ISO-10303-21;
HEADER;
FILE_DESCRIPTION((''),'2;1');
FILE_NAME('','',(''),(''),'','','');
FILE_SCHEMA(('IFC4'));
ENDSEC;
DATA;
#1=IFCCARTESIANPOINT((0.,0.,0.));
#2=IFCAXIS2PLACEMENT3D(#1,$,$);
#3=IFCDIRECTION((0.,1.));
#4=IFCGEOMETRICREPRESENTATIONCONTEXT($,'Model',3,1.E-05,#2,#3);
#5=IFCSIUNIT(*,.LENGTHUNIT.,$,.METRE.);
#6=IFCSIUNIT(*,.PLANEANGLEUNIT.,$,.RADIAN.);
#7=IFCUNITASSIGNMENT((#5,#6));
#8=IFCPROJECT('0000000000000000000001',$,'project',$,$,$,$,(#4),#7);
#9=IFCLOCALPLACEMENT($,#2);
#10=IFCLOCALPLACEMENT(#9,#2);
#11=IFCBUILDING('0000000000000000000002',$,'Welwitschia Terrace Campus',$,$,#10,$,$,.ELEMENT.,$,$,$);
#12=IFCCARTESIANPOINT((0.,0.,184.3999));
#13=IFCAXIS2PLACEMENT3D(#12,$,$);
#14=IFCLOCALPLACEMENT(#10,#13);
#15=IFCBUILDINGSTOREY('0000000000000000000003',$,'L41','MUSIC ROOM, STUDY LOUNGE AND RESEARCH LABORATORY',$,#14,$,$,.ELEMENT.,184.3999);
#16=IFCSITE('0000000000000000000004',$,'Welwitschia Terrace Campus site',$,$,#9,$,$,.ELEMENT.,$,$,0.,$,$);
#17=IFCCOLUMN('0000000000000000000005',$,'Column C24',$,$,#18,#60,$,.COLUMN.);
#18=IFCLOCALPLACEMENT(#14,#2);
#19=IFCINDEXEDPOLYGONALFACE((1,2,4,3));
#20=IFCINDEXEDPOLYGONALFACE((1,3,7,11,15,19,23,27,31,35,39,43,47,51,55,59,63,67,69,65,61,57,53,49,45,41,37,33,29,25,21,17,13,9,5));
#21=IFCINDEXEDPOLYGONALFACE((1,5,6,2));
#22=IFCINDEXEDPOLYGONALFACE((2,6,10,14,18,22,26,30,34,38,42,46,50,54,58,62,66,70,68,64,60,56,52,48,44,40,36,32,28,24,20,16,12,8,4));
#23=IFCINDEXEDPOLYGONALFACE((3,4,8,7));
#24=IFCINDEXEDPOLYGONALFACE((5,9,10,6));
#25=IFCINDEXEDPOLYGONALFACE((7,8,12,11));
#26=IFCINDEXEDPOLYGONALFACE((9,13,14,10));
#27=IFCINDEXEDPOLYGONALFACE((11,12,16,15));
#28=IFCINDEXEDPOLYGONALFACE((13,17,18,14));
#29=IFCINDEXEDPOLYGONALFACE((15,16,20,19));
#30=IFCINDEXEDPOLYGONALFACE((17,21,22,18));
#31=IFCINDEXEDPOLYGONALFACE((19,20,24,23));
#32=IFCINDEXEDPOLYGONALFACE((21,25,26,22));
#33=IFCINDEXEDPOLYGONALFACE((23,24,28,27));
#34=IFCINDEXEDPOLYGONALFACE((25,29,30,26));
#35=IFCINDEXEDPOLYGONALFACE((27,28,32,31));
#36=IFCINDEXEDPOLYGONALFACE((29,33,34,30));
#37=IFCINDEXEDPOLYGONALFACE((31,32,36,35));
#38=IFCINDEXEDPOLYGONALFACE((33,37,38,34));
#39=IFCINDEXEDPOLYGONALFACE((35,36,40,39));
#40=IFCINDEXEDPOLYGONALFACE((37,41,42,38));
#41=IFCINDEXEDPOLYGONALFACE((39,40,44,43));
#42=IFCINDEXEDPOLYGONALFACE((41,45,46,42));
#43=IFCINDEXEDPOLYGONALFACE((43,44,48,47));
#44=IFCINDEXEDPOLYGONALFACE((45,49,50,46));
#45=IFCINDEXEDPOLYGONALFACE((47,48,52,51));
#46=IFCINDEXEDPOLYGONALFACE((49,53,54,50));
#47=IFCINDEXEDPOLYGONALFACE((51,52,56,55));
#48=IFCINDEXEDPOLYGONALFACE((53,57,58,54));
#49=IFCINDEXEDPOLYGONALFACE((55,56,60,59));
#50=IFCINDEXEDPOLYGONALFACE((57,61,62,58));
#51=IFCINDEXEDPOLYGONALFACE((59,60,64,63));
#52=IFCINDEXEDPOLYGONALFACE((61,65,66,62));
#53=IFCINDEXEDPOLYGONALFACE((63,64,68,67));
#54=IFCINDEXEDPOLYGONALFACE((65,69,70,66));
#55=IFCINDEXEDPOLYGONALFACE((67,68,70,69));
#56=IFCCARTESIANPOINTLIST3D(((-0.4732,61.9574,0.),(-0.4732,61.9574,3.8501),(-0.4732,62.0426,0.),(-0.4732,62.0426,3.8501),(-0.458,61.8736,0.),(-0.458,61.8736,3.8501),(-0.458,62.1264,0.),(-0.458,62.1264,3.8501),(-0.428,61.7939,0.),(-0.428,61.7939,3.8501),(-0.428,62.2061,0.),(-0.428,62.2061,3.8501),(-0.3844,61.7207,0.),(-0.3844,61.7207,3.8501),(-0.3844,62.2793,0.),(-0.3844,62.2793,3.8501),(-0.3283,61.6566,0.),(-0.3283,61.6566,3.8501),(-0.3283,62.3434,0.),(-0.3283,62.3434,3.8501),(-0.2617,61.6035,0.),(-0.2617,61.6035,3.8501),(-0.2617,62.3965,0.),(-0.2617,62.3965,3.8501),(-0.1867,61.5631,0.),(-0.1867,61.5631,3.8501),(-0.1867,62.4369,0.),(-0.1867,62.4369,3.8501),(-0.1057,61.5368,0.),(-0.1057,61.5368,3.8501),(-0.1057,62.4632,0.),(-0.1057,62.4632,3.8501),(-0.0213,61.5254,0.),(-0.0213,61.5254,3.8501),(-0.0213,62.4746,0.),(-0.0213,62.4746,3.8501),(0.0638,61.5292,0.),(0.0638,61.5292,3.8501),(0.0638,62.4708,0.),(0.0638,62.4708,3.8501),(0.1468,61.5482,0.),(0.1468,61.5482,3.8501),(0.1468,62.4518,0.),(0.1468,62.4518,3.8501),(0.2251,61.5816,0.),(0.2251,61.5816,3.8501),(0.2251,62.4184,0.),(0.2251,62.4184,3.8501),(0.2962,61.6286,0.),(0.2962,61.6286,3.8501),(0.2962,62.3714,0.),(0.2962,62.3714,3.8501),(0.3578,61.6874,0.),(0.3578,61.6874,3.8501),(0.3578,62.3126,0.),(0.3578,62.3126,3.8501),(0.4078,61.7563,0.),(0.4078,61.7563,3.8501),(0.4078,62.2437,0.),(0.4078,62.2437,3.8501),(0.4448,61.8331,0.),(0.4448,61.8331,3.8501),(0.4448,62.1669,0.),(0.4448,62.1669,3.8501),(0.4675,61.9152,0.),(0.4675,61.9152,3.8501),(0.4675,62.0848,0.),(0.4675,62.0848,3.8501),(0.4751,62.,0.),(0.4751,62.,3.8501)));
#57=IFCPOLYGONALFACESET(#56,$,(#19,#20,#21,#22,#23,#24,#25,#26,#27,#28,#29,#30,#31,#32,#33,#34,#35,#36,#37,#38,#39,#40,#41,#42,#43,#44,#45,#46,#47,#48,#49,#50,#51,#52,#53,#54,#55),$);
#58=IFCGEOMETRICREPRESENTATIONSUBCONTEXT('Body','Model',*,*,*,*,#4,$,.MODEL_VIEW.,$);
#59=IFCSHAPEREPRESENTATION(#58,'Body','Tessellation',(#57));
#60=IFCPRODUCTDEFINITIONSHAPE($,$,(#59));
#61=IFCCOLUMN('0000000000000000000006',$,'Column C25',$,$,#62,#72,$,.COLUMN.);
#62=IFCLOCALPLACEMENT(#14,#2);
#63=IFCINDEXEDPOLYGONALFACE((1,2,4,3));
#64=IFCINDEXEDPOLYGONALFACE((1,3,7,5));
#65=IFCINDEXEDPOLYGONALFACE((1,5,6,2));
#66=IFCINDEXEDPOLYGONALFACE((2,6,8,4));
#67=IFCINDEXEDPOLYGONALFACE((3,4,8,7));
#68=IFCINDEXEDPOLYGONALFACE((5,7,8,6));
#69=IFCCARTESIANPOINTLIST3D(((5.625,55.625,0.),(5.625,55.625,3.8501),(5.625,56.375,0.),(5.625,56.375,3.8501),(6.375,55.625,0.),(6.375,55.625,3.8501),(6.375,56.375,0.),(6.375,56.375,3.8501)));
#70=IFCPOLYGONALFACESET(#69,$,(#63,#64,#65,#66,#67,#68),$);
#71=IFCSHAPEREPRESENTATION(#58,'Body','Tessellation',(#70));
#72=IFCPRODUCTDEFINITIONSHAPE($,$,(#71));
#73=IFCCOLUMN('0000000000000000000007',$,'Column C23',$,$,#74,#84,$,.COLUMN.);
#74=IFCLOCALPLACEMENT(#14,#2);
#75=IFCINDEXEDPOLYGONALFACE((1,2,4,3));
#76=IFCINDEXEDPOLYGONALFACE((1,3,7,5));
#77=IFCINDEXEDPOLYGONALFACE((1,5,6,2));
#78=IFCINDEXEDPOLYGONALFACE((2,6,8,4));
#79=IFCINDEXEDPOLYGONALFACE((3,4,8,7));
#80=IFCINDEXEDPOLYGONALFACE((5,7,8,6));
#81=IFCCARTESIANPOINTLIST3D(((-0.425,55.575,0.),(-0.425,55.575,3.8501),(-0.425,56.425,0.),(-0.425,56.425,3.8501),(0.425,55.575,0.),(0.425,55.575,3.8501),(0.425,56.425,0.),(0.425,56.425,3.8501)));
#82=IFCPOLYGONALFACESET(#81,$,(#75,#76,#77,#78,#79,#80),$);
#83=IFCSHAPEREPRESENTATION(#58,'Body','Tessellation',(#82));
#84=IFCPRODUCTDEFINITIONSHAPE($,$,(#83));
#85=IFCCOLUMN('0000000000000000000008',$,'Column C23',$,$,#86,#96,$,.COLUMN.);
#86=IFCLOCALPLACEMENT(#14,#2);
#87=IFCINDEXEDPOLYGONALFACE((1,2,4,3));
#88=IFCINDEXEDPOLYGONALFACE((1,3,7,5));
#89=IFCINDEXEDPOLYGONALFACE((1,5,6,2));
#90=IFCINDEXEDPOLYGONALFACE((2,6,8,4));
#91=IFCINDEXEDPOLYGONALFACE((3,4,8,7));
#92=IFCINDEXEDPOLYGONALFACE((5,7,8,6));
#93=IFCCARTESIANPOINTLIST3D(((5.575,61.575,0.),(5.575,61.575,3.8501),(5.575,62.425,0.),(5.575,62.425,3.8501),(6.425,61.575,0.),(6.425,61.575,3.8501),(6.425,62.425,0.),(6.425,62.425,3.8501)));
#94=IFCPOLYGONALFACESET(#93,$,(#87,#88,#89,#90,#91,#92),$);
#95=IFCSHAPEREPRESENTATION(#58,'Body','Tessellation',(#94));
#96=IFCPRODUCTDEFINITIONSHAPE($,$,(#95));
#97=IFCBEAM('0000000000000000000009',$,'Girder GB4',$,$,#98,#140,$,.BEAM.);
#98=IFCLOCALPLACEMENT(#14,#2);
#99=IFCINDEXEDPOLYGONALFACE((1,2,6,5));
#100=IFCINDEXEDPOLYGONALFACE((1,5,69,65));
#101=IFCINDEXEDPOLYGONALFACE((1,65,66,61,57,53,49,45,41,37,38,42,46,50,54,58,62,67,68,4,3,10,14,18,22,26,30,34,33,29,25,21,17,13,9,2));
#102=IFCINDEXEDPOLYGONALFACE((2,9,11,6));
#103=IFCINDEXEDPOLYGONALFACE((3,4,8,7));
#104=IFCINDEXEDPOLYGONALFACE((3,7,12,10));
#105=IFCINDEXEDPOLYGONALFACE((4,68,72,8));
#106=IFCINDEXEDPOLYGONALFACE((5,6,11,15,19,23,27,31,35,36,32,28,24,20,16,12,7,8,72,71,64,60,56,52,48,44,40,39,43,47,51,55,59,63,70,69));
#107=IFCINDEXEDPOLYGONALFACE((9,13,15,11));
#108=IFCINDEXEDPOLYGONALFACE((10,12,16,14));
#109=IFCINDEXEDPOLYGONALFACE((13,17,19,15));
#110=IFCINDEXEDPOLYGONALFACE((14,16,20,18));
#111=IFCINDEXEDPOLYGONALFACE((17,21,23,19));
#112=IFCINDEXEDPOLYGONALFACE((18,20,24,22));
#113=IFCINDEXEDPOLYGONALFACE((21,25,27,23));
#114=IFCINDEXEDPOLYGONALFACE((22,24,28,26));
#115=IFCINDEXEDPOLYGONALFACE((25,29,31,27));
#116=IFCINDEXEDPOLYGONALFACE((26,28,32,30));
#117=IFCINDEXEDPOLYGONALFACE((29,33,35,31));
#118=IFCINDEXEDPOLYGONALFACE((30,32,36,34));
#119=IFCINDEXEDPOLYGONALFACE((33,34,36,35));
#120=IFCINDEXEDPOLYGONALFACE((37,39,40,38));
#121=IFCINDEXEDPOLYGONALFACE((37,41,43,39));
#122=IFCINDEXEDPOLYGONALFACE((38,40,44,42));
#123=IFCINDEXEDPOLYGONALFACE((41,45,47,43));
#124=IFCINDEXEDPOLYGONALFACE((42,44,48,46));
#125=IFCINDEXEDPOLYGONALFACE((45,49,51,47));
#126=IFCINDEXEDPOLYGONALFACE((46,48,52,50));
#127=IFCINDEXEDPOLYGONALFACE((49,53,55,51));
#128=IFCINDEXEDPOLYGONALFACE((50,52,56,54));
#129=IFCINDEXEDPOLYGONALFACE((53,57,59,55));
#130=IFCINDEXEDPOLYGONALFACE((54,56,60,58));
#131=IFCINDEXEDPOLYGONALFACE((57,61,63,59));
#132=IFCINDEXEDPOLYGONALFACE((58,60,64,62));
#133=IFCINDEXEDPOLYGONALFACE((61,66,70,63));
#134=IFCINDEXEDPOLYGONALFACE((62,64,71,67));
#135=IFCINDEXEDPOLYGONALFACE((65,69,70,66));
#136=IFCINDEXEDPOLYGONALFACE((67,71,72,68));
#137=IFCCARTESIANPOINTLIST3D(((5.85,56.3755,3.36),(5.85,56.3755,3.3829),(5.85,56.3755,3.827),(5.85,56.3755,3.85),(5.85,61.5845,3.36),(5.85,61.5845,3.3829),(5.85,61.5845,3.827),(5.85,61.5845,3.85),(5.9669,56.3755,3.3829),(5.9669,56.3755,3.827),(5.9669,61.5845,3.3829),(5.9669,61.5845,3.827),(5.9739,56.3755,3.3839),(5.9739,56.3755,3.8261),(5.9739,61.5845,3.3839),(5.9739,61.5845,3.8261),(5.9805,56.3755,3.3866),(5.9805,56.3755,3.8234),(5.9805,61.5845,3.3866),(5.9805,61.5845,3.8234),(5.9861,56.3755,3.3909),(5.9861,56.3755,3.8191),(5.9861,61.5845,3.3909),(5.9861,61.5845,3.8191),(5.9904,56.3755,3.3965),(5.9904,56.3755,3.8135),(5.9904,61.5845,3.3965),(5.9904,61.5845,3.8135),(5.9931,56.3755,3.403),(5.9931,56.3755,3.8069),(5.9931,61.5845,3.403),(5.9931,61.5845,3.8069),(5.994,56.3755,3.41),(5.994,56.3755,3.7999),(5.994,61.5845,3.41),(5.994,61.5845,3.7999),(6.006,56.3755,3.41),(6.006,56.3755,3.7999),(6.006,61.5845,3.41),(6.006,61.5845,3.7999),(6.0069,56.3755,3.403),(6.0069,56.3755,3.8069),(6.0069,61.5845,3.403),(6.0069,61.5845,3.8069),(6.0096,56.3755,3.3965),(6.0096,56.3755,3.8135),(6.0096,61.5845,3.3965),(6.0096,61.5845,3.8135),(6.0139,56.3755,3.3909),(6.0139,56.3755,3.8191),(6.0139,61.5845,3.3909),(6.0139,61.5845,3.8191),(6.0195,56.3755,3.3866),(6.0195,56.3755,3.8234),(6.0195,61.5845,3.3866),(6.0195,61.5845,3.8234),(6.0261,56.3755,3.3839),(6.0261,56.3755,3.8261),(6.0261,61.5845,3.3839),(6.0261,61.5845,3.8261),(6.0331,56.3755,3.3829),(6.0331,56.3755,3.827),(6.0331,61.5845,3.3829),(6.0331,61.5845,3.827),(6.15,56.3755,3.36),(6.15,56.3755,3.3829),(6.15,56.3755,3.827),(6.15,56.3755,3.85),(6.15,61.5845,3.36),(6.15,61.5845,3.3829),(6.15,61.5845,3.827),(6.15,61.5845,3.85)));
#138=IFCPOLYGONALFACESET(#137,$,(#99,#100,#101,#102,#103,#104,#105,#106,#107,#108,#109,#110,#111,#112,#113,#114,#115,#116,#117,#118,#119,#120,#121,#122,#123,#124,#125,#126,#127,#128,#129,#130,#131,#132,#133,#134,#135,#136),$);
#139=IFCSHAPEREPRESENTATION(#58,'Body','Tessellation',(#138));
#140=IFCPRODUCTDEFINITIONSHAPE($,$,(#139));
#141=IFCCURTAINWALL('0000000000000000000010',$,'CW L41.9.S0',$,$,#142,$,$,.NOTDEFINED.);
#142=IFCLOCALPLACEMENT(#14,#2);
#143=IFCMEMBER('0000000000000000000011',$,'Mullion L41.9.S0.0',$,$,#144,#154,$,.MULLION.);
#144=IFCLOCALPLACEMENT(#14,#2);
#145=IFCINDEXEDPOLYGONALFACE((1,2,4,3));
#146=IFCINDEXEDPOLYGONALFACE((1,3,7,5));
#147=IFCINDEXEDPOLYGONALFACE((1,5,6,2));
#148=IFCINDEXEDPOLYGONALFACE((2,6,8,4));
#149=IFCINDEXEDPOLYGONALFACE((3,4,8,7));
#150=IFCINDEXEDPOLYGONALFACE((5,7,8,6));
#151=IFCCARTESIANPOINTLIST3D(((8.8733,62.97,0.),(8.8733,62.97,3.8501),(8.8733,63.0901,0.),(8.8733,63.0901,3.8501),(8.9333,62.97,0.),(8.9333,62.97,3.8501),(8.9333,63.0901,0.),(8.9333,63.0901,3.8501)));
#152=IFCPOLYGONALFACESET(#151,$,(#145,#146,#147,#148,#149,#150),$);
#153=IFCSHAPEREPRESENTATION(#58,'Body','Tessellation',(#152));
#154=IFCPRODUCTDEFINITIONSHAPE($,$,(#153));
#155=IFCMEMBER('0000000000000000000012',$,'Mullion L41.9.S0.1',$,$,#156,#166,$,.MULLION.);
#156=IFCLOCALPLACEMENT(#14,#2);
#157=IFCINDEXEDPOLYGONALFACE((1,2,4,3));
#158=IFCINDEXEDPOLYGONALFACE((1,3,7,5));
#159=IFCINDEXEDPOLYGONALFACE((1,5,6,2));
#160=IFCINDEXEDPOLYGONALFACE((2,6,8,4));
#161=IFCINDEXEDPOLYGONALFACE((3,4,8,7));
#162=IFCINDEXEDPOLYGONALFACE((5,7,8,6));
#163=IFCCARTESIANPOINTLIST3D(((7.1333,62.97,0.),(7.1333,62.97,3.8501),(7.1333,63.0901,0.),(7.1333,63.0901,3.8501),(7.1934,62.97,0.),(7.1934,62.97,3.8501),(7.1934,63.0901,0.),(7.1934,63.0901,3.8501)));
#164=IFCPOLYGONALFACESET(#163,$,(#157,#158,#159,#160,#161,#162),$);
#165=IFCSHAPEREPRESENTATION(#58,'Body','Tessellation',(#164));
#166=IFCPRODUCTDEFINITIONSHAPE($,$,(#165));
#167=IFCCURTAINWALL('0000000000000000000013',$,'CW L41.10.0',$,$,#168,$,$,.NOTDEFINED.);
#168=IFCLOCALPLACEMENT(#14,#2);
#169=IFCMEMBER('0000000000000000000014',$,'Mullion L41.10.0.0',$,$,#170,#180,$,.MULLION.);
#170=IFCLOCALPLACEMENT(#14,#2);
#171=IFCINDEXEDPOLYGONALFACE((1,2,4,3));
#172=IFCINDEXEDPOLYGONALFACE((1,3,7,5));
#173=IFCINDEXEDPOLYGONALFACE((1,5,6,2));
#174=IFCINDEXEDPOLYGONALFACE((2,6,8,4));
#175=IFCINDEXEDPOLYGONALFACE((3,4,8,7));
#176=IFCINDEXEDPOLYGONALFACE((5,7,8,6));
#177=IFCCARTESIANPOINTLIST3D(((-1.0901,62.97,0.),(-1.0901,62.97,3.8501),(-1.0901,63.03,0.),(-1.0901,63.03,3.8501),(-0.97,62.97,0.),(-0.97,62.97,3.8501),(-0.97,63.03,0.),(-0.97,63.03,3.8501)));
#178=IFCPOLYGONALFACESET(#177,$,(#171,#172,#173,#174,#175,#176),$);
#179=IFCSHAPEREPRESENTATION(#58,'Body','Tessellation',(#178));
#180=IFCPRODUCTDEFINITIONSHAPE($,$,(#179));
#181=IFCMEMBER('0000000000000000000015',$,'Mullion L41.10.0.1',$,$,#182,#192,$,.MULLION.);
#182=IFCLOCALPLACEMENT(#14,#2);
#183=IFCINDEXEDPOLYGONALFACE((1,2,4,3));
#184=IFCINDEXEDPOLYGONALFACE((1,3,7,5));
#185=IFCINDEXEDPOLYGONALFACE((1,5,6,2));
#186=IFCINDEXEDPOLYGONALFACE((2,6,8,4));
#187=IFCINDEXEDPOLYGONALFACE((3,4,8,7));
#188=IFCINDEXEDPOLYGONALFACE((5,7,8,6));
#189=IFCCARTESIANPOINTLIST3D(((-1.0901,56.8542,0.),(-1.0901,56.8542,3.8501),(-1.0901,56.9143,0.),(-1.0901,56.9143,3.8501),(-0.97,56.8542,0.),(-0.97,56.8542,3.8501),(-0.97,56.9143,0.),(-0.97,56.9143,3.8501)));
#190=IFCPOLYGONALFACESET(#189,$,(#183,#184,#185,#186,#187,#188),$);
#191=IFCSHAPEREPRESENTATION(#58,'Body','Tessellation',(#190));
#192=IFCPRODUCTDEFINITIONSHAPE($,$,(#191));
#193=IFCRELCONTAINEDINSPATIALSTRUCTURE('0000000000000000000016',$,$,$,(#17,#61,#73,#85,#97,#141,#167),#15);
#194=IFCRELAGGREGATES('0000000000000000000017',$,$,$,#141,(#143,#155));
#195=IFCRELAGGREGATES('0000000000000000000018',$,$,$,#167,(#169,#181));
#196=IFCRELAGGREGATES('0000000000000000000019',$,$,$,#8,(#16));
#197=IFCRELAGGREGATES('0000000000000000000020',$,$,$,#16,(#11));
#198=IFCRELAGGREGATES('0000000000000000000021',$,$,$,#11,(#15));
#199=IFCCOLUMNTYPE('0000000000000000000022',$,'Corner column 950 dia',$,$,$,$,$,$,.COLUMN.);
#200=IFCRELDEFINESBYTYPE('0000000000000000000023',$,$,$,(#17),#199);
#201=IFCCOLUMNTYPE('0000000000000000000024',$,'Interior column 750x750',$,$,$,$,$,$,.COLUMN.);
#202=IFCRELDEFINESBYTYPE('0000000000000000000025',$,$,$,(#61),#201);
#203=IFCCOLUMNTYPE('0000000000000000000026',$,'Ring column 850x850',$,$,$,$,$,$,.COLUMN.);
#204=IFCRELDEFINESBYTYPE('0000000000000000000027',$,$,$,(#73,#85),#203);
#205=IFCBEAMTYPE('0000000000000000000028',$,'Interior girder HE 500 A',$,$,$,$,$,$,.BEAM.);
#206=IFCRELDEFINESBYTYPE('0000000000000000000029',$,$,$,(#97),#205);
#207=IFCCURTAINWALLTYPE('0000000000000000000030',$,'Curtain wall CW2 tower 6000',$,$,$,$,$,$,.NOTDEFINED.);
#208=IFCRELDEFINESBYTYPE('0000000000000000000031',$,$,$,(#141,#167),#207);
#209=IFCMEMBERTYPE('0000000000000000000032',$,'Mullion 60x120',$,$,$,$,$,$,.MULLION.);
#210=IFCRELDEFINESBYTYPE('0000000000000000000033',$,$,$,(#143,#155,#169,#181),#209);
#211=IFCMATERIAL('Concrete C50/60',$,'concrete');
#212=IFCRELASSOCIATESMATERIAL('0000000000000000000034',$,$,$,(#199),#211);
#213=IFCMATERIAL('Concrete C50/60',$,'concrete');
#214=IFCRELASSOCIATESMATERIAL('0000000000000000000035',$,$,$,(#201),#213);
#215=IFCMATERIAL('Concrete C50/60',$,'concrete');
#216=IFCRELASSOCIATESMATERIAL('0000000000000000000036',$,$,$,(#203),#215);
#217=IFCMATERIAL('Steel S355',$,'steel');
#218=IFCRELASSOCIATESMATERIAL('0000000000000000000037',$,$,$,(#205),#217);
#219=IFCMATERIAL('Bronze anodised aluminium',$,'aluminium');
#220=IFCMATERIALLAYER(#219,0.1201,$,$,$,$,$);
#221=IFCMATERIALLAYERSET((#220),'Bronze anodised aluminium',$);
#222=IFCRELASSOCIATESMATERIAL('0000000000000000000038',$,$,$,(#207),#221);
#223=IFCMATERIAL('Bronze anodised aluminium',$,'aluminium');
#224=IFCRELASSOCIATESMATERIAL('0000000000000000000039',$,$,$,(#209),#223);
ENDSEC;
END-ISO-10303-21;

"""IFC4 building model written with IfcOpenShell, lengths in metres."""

from ifc_helpers import new_model, si_unit, direction, frame, origin, origin_2d, place, context, subcontext, project, spatial, rectangle, circle, i_section, extrude, material, layer, layer_set, material_profile, profile_set, type_object, element, aggregate, save


model = new_model("IFC4")

# Units and contexts
model_context = context("Model", 3, precision=1e-05, world=origin(), true_north=direction((0.0, 1.0)))
body_context = subcontext(model_context, "Body", "Model", "MODEL_VIEW")
ifc_project = project(units=[si_unit("LENGTHUNIT", "METRE"), si_unit("PLANEANGLEUNIT", "RADIAN")], contexts=[model_context])

# Site, building, storey
site_placement = place(None, origin())
site = spatial("IfcSite", under=ifc_project, at=site_placement, Name="Welwitschia Terrace Campus site", CompositionType="ELEMENT", RefElevation=0.0)
building_placement = place(site_placement, origin())
building = spatial("IfcBuilding", under=site, at=building_placement, Name="Welwitschia Terrace Campus", CompositionType="ELEMENT")
storey_placement = place(building_placement, frame((0.0, 0.0, 184.3999)))
storey = spatial("IfcBuildingStorey", under=building, at=storey_placement, Name="L41", Description="MUSIC ROOM, STUDY LOUNGE AND RESEARCH LABORATORY", CompositionType="ELEMENT", Elevation=184.3999)

# Columns
ifc_material_1 = material(Name="Concrete C50/60", Category="concrete")
ifc_material_profile_1 = material_profile(ifc_material_1, circle(Radius=0.4751, at=origin_2d()))
ifc_profile_set_1 = profile_set([ifc_material_profile_1], Name="Concrete C50/60")
column_type_1 = type_object("IfcColumnType", Name="Corner column 950 dia", PredefinedType="COLUMN", material=ifc_profile_set_1)
column_1_placement = place(storey_placement, frame((0.0, 62.0, 0.0), z_axis=(0.0, 0.0, 1.0), x_axis=(1.0, 0.0, 0.0)))
element("IfcColumn", 1, at=column_1_placement, inside=storey, type_object=column_type_1, Name="Column C24", PredefinedType="COLUMN", context=body_context, shape_type="SweptSolid", body=[
    extrude(circle(Radius=0.4751, at=origin_2d()), origin(), (0.0, 0.0, 1.0), 3.8501),
])
ifc_material_2 = material(Name="Concrete C50/60", Category="concrete")
ifc_material_profile_2 = material_profile(ifc_material_2, rectangle(XDim=0.75, YDim=0.75, at=origin_2d()))
ifc_profile_set_2 = profile_set([ifc_material_profile_2], Name="Concrete C50/60")
column_type_2 = type_object("IfcColumnType", Name="Interior column 750x750", PredefinedType="COLUMN", material=ifc_profile_set_2)
column_2_placement = place(storey_placement, frame((6.0, 56.0, 0.0), z_axis=(0.0, 0.0, 1.0), x_axis=(1.0, 0.0, 0.0)))
element("IfcColumn", 2, at=column_2_placement, inside=storey, type_object=column_type_2, Name="Column C25", PredefinedType="COLUMN", context=body_context, shape_type="SweptSolid", body=[
    extrude(rectangle(XDim=0.75, YDim=0.75, at=origin_2d()), origin(), (0.0, 0.0, 1.0), 3.8501),
])
ifc_material_3 = material(Name="Concrete C50/60", Category="concrete")
ifc_material_profile_3 = material_profile(ifc_material_3, rectangle(XDim=0.8501, YDim=0.8501, at=origin_2d()))
ifc_profile_set_3 = profile_set([ifc_material_profile_3], Name="Concrete C50/60")
column_type_3 = type_object("IfcColumnType", Name="Ring column 850x850", PredefinedType="COLUMN", material=ifc_profile_set_3)
for number, where, z_axis, x_axis, name in (
    (3, (0.0, 56.0, 0.0), (0.0, 0.0, 1.0), (1.0, 0.0, 0.0), "Column C23"),
    (4, (6.0, 62.0, 0.0), (0.0, 0.0, 1.0), (1.0, 0.0, 0.0), "Column C23"),
):
    element("IfcColumn", number, at=place(storey_placement, frame(where, z_axis=z_axis, x_axis=x_axis)), inside=storey, type_object=column_type_3, Name=name, PredefinedType="COLUMN", context=body_context, shape_type="SweptSolid", body=[
        extrude(rectangle(XDim=0.8501, YDim=0.8501, at=origin_2d()), origin(), (0.0, 0.0, 1.0), 3.8501),
    ])

# Beam
ifc_material_4 = material(Name="Steel S355", Category="steel")
ifc_material_profile_4 = material_profile(ifc_material_4, i_section(OverallWidth=0.3, OverallDepth=0.49, WebThickness=0.012, FlangeThickness=0.0229, FilletRadius=0.0271, at=origin_2d()))
ifc_profile_set_4 = profile_set([ifc_material_profile_4], Name="Steel S355")
beam_type_1 = type_object("IfcBeamType", Name="Interior girder HE 500 A", PredefinedType="BEAM", material=ifc_profile_set_4)
beam_1_placement = place(storey_placement, frame((6.0, 56.3755, 3.605), z_axis=(0.0, 1.0, 0.0), x_axis=(-1.0, 0.0, 0.0)))
element("IfcBeam", 5, at=beam_1_placement, inside=storey, type_object=beam_type_1, Name="Girder GB4", PredefinedType="BEAM", context=body_context, shape_type="SweptSolid", body=[
    extrude(i_section(OverallWidth=0.3, OverallDepth=0.49, WebThickness=0.012, FlangeThickness=0.0229, FilletRadius=0.0271, at=origin_2d()), origin(), (0.0, 0.0, 1.0), 5.209),
])

# Curtain walls, members
ifc_material_5 = material(Name="Bronze anodised aluminium", Category="aluminium")
ifc_layer_1 = layer(ifc_material_5, 0.1201)
ifc_layer_set_1 = layer_set([ifc_layer_1], Name="Bronze anodised aluminium")
curtain_wall_type = type_object("IfcCurtainWallType", Name="Curtain wall CW2 tower 6000", PredefinedType="NOTDEFINED", material=ifc_layer_set_1)
curtain_wall_1_placement = place(storey_placement, origin())
curtain_wall_1 = element("IfcCurtainWall", 6, at=curtain_wall_1_placement, inside=storey, type_object=curtain_wall_type, Name="CW L41.9.S0", PredefinedType="NOTDEFINED")
ifc_material_6 = material(Name="Bronze anodised aluminium", Category="aluminium")
ifc_material_profile_5 = material_profile(ifc_material_6, rectangle(XDim=0.1201, YDim=0.0601, at=origin_2d()))
ifc_profile_set_5 = profile_set([ifc_material_profile_5], Name="Bronze anodised aluminium")
member_type_1 = type_object("IfcMemberType", Name="Mullion 60x120", PredefinedType="MULLION", material=ifc_profile_set_5)
member_1_placement = place(storey_placement, frame((8.9033, 63.03, 0.0), z_axis=(0.0, 0.0, 1.0), x_axis=(0.0, -1.0, 0.0)))
member_1 = element("IfcMember", 7, at=member_1_placement, type_object=member_type_1, Name="Mullion L41.9.S0.0", PredefinedType="MULLION", context=body_context, shape_type="SweptSolid", body=[
    extrude(rectangle(XDim=0.1201, YDim=0.0601, at=origin_2d()), origin(), (0.0, 0.0, 1.0), 3.8501),
])
member_2_placement = place(storey_placement, frame((7.1633, 63.03, 0.0), z_axis=(0.0, 0.0, 1.0), x_axis=(0.0, -1.0, 0.0)))
member_2 = element("IfcMember", 8, at=member_2_placement, type_object=member_type_1, Name="Mullion L41.9.S0.1", PredefinedType="MULLION", context=body_context, shape_type="SweptSolid", body=[
    extrude(rectangle(XDim=0.1201, YDim=0.0601, at=origin_2d()), origin(), (0.0, 0.0, 1.0), 3.8501),
])
curtain_wall_2_placement = place(storey_placement, origin())
curtain_wall_2 = element("IfcCurtainWall", 9, at=curtain_wall_2_placement, inside=storey, type_object=curtain_wall_type, Name="CW L41.10.0", PredefinedType="NOTDEFINED")
member_3_placement = place(storey_placement, frame((-1.03, 63.0, 0.0), z_axis=(0.0, 0.0, 1.0), x_axis=(1.0, 0.0, 0.0)))
member_3 = element("IfcMember", 10, at=member_3_placement, type_object=member_type_1, Name="Mullion L41.10.0.0", PredefinedType="MULLION", context=body_context, shape_type="SweptSolid", body=[
    extrude(rectangle(XDim=0.1201, YDim=0.0601, at=origin_2d()), origin(), (0.0, 0.0, 1.0), 3.8501),
])
member_4_placement = place(storey_placement, frame((-1.03, 56.8843, 0.0), z_axis=(0.0, 0.0, 1.0), x_axis=(1.0, 0.0, 0.0)))
member_4 = element("IfcMember", 11, at=member_4_placement, type_object=member_type_1, Name="Mullion L41.10.0.1", PredefinedType="MULLION", context=body_context, shape_type="SweptSolid", body=[
    extrude(rectangle(XDim=0.1201, YDim=0.0601, at=origin_2d()), origin(), (0.0, 0.0, 1.0), 3.8501),
])

aggregate(curtain_wall_1, [member_1, member_2])
aggregate(curtain_wall_2, [member_3, member_4])

save(model, "model.ifc")
